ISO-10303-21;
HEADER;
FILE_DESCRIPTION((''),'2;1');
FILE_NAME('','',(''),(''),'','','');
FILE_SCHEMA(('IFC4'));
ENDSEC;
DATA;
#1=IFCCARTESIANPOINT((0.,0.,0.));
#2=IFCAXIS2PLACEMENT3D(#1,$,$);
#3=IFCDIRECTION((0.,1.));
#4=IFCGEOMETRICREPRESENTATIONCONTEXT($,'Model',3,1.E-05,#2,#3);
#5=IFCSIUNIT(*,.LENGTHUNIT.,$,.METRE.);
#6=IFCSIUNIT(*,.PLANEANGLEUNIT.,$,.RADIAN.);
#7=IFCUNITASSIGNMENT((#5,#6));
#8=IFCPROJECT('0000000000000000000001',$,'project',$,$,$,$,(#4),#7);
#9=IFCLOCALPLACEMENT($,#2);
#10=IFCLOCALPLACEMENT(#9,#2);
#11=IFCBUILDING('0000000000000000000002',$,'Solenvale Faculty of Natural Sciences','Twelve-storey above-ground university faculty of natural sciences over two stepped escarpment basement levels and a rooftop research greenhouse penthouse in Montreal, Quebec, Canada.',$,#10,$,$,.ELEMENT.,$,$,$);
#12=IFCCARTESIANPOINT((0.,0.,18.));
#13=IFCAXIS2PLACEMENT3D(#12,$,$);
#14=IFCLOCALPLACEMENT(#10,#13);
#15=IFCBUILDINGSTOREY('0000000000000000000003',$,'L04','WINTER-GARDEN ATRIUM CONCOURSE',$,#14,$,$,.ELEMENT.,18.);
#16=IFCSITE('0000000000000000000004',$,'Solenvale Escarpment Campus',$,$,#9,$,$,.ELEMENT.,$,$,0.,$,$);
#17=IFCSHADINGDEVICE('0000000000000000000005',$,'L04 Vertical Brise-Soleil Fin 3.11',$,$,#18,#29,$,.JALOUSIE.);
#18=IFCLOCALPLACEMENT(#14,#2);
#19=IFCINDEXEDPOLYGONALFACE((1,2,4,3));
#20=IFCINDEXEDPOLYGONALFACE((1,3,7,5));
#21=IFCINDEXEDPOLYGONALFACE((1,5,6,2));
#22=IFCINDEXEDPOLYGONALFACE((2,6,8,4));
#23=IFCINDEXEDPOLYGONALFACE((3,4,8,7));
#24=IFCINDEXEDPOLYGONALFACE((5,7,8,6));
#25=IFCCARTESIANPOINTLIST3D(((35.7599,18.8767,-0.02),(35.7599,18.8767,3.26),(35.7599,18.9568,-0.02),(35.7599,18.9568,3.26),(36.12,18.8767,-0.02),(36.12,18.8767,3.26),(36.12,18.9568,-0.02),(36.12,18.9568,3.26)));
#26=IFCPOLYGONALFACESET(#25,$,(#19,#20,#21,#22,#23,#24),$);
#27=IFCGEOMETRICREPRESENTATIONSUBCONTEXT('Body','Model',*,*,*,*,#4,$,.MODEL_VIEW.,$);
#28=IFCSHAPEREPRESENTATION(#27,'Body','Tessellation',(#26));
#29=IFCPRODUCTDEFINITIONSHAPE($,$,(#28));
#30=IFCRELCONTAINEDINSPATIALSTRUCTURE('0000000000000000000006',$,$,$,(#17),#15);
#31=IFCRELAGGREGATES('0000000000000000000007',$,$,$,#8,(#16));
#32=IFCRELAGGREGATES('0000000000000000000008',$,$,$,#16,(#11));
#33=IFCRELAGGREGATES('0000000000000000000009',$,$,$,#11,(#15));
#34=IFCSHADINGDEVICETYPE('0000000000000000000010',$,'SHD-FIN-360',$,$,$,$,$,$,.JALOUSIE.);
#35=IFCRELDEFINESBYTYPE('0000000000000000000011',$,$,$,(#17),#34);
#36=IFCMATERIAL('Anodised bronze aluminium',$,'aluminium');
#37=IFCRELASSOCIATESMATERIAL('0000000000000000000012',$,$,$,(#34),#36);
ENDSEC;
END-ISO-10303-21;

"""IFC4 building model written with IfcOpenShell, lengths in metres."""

from ifc_helpers import new_model, si_unit, direction, frame, origin, origin_2d, place, context, subcontext, project, spatial, rectangle, extrude, material, material_profile, profile_set, type_object, element, save


model = new_model("IFC4")

# Units and contexts
model_context = context("Model", 3, precision=1e-05, world=origin(), true_north=direction((0.0, 1.0)))
body_context = subcontext(model_context, "Body", "Model", "MODEL_VIEW")
ifc_project = project(units=[si_unit("LENGTHUNIT", "METRE"), si_unit("PLANEANGLEUNIT", "RADIAN")], contexts=[model_context])

# Site, building, storey
site_placement = place(None, origin())
site = spatial("IfcSite", under=ifc_project, at=site_placement, Name="Solenvale Escarpment Campus", CompositionType="ELEMENT", RefElevation=0.0)
building_placement = place(site_placement, origin())
building = spatial("IfcBuilding", under=site, at=building_placement, Name="Solenvale Faculty of Natural Sciences", Description="Twelve-storey above-ground university faculty of natural sciences over two stepped escarpment basement levels and a rooftop research greenhouse penthouse in Montreal, Quebec, Canada.", CompositionType="ELEMENT")
storey_placement = place(building_placement, frame((0.0, 0.0, 18.0)))
storey = spatial("IfcBuildingStorey", under=building, at=storey_placement, Name="L04", Description="WINTER-GARDEN ATRIUM CONCOURSE", CompositionType="ELEMENT", Elevation=18.0)

# Shared definitions
ifc_material_1 = material(Name="Anodised bronze aluminium", Category="aluminium")

# Shading device
ifc_material_profile_1 = material_profile(ifc_material_1, rectangle(XDim=0.0801, YDim=0.3601, at=origin_2d()), Name="ALU-FIN-80x360")
ifc_profile_set_1 = profile_set([ifc_material_profile_1], Name="Anodised bronze aluminium")
shading_device_type = type_object("IfcShadingDeviceType", Name="SHD-FIN-360", PredefinedType="JALOUSIE", material=ifc_profile_set_1)
shading_device_placement = place(storey_placement, frame((35.9399, 18.9167, -0.02), z_axis=(0.0, 0.0, 1.0), x_axis=(0.0, 1.0, 0.0)))
element("IfcShadingDevice", 1, at=shading_device_placement, inside=storey, type_object=shading_device_type, Name="L04 Vertical Brise-Soleil Fin 3.11", PredefinedType="JALOUSIE", context=body_context, shape_type="SweptSolid", body=[
    extrude(rectangle(XDim=0.0801, YDim=0.3601, at=origin_2d()), origin(), (0.0, 0.0, 1.0), 3.28),
])

save(model, "model.ifc")
